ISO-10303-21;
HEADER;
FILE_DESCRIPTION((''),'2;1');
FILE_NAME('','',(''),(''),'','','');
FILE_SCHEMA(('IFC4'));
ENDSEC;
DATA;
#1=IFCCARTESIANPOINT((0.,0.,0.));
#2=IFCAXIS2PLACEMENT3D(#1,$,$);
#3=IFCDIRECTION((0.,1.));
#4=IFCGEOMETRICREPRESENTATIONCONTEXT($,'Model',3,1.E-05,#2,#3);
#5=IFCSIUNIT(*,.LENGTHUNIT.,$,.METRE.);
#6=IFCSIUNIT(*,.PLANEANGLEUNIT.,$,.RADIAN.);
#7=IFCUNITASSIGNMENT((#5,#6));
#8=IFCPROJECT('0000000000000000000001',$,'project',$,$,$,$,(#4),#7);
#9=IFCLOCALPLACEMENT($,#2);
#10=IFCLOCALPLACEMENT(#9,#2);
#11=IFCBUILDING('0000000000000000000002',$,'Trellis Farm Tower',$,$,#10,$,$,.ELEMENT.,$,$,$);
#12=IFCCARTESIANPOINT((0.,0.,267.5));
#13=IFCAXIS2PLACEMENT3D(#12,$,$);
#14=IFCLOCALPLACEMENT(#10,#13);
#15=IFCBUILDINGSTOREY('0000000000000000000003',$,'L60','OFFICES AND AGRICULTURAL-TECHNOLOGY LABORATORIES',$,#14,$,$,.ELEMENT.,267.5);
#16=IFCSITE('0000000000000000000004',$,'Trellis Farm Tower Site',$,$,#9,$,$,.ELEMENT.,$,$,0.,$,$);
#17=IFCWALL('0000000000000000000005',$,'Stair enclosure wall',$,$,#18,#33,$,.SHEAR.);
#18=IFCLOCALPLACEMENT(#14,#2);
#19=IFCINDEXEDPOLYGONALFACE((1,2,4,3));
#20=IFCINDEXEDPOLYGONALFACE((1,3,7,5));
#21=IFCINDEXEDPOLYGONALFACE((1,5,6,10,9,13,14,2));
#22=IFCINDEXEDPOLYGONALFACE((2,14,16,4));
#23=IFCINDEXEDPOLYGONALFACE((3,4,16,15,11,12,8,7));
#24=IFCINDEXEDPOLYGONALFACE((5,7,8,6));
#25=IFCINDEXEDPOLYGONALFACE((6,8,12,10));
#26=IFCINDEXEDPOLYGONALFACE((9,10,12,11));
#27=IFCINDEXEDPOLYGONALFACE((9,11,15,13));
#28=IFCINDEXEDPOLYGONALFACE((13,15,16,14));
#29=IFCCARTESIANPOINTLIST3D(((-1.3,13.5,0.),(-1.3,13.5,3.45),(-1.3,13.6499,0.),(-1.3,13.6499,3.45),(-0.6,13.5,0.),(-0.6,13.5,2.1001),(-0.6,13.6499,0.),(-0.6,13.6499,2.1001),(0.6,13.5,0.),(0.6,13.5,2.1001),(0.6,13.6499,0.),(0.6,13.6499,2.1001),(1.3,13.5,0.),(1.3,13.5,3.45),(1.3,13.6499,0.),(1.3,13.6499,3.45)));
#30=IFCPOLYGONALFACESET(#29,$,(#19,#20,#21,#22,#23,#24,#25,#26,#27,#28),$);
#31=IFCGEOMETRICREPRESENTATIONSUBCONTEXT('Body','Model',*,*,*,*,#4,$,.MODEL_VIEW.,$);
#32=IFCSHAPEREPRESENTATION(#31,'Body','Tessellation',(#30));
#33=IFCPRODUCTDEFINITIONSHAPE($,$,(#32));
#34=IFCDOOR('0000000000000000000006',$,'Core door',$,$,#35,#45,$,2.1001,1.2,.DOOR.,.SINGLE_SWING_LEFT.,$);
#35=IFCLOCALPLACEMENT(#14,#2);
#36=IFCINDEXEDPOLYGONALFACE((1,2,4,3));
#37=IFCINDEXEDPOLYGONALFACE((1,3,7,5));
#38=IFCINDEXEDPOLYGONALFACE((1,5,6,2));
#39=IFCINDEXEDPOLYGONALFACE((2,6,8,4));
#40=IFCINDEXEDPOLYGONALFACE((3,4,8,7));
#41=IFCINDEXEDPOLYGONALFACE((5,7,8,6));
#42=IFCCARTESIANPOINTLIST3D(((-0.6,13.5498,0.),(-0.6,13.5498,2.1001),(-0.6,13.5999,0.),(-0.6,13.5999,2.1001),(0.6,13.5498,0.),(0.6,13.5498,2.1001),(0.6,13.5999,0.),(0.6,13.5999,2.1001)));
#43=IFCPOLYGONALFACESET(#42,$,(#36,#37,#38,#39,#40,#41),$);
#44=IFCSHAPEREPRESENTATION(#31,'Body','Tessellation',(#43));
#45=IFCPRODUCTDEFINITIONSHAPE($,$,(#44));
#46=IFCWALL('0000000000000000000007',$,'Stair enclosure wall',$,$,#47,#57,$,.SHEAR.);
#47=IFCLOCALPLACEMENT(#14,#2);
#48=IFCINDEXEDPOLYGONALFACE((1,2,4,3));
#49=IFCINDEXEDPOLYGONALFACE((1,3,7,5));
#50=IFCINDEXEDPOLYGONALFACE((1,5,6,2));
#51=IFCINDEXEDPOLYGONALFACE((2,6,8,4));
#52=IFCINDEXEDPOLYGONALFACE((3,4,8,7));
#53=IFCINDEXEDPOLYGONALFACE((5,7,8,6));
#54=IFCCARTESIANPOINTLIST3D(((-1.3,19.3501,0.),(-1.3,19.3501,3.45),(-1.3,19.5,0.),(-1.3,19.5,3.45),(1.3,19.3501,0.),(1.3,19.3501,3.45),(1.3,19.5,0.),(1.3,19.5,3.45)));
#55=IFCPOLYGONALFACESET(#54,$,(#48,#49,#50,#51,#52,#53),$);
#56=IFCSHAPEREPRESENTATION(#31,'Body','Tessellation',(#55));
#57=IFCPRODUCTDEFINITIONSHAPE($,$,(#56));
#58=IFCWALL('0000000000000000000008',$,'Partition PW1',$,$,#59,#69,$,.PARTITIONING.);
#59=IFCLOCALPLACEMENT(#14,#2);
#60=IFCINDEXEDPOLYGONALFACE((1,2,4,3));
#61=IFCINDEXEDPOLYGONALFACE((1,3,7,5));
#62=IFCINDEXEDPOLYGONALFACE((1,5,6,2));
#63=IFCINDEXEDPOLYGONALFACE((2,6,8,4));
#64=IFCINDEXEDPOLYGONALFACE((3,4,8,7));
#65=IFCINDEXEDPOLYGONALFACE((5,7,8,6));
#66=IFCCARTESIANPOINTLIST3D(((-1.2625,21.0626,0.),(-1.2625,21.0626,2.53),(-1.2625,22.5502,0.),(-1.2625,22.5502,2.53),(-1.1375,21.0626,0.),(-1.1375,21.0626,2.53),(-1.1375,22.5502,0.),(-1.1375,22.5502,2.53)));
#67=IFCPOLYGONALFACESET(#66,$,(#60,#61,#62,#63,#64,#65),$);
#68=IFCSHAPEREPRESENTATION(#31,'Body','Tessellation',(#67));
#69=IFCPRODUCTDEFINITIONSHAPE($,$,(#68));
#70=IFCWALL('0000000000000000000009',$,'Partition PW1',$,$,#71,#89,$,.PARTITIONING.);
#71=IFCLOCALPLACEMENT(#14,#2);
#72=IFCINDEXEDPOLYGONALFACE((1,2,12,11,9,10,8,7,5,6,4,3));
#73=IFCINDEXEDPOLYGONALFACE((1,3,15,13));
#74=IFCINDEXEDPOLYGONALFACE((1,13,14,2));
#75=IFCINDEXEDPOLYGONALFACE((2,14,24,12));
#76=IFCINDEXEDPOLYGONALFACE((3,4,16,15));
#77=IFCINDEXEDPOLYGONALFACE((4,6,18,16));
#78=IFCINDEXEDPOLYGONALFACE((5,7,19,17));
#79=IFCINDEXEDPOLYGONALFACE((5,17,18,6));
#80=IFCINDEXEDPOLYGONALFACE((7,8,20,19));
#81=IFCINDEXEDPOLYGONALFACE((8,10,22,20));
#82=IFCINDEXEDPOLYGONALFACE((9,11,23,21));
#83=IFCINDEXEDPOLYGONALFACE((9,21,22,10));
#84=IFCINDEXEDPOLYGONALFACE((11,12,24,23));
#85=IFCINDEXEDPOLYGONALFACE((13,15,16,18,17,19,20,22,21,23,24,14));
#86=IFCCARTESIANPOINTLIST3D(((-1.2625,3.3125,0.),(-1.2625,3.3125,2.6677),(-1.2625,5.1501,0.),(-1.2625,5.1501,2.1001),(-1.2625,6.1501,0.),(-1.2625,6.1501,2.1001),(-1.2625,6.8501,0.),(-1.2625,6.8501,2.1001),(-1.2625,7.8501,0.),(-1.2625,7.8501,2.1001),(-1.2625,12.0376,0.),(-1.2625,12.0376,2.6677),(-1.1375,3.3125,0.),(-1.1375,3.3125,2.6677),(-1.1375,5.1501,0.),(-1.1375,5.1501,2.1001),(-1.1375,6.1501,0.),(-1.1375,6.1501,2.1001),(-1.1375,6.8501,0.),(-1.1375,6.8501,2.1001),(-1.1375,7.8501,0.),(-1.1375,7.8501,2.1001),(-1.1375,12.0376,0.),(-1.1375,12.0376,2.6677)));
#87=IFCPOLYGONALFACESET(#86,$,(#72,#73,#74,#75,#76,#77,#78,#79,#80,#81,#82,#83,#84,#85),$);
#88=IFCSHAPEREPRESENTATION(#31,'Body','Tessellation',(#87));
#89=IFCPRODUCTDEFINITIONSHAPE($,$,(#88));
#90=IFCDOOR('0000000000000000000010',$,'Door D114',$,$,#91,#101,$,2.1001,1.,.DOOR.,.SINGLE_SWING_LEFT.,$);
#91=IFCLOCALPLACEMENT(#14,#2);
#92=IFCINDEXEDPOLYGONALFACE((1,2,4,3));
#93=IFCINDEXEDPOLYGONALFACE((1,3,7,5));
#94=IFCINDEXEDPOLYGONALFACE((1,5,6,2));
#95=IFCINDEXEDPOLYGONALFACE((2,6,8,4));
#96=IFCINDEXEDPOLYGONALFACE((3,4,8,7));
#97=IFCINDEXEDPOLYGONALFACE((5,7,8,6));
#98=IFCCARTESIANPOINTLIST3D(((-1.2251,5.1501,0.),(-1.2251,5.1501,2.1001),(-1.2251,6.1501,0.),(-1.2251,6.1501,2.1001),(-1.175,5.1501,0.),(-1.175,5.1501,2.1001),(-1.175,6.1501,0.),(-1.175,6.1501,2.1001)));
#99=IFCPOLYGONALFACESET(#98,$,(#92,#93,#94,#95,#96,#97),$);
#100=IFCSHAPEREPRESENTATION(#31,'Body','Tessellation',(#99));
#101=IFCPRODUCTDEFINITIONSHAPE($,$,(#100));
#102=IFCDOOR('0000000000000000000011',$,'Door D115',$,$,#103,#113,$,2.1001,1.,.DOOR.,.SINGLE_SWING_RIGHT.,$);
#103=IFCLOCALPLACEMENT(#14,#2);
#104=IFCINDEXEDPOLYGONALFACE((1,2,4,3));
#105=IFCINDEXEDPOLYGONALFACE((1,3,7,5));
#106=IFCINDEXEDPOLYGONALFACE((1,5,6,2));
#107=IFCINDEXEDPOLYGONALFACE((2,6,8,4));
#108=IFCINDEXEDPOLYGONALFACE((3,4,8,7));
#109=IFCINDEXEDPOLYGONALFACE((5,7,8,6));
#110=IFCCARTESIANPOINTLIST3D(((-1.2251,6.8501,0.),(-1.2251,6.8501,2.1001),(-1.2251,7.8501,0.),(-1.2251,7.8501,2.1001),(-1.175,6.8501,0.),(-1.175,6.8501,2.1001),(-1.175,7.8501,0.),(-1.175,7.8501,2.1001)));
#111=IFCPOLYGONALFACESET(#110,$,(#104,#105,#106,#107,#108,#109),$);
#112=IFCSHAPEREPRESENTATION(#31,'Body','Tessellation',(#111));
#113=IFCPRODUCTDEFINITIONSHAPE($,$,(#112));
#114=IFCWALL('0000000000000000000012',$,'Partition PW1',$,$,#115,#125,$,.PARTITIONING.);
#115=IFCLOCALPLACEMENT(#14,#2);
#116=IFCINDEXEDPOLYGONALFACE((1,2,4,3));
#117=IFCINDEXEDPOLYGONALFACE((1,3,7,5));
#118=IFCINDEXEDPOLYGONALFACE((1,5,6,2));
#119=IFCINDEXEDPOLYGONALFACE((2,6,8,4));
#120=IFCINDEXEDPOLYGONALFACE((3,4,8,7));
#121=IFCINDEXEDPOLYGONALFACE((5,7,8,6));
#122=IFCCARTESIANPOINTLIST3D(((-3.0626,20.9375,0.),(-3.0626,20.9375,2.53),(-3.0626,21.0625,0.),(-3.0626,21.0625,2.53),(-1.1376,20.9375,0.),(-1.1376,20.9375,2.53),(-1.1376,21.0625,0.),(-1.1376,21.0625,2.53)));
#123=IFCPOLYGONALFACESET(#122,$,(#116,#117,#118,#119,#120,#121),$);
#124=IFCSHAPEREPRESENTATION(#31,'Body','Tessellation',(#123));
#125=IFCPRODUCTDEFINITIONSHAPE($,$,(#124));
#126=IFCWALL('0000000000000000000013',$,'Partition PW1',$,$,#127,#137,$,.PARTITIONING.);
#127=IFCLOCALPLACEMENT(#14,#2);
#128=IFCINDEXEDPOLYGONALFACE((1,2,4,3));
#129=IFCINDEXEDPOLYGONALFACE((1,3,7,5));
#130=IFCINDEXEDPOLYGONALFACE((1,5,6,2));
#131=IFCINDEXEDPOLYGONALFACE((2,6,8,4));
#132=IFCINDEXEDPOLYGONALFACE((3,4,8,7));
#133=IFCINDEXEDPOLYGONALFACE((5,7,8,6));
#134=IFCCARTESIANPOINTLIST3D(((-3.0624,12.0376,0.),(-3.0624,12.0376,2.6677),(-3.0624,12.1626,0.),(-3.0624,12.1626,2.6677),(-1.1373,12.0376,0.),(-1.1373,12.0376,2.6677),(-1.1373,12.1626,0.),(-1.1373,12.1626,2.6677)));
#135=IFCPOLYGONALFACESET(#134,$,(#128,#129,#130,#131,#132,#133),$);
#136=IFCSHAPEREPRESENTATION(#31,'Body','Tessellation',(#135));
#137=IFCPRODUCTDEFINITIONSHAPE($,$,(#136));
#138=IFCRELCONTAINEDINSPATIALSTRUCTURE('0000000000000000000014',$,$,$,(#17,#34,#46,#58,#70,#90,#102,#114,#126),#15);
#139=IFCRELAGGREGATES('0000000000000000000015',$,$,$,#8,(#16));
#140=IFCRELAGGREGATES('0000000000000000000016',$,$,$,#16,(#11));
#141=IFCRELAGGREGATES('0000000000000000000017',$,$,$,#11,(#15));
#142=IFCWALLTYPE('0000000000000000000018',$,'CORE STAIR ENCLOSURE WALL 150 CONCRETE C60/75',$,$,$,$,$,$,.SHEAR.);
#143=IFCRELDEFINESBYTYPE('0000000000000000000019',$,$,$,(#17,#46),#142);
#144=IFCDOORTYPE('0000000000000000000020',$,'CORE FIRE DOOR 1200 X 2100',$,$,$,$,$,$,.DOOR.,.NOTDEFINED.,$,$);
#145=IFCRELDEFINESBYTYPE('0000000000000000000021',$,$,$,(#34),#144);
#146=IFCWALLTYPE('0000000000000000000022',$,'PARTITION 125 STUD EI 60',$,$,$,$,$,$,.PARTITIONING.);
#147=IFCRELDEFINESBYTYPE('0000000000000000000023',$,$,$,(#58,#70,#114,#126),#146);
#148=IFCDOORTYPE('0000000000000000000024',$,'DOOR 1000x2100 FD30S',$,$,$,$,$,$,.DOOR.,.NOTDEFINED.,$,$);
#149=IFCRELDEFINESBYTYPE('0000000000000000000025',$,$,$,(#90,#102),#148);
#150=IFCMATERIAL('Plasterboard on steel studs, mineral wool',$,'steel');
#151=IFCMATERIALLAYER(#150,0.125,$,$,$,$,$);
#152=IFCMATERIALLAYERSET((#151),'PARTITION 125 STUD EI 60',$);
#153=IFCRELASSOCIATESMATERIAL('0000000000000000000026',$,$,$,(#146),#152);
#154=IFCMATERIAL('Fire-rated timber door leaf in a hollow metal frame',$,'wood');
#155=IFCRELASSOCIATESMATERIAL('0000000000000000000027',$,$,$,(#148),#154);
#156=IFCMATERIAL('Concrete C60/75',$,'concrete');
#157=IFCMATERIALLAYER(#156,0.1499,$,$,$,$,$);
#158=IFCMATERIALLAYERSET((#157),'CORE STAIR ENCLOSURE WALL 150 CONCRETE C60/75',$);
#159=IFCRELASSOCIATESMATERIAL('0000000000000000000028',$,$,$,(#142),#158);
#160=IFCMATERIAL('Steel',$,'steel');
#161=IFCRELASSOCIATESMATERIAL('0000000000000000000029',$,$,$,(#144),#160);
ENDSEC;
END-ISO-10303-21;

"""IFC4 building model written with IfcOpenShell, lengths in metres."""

from ifc_helpers import new_model, si_unit, direction, frame, frame_2d, origin, place, context, subcontext, project, spatial, rectangle, extrude, source, transform, mapped, material, layer, layer_set, type_object, element, fill, save


model = new_model("IFC4")

# Units and contexts
model_context = context("Model", 3, precision=1e-05, world=origin(), true_north=direction((0.0, 1.0)))
body_context = subcontext(model_context, "Body", "Model", "MODEL_VIEW")
ifc_project = project(units=[si_unit("LENGTHUNIT", "METRE"), si_unit("PLANEANGLEUNIT", "RADIAN")], contexts=[model_context])

# Site, building, storey
site_placement = place(None, origin())
site = spatial("IfcSite", under=ifc_project, at=site_placement, Name="Trellis Farm Tower Site", CompositionType="ELEMENT", RefElevation=0.0)
building_placement = place(site_placement, origin())
building = spatial("IfcBuilding", under=site, at=building_placement, Name="Trellis Farm Tower", CompositionType="ELEMENT")
storey_placement = place(building_placement, frame((0.0, 0.0, 267.5)))
storey = spatial("IfcBuildingStorey", under=building, at=storey_placement, Name="L60", Description="OFFICES AND AGRICULTURAL-TECHNOLOGY LABORATORIES", CompositionType="ELEMENT", Elevation=267.5)

# Shared definitions
ifc_material_1 = material(Name="Concrete C60/75", Category="concrete")

# Shared definitions
ifc_material_2 = material(Name="Plasterboard on steel studs, mineral wool", Category="steel")
ifc_layer_1 = layer(ifc_material_2, 0.125)
ifc_layer_set_1 = layer_set([ifc_layer_1], Name="PARTITION 125 STUD EI 60")
wall_type_1 = type_object("IfcWallType", Name="PARTITION 125 STUD EI 60", PredefinedType="PARTITIONING", material=ifc_layer_set_1)
shared_shape_1 = source(origin(), body_context, "Body", "SweptSolid", [
    extrude(rectangle(XDim=1.0, YDim=2.1001, at=frame_2d((0.5, 1.05))), frame((0.0, 0.0725, 0.0), z_axis=(0.0, -1.0, 0.0), x_axis=(1.0, 0.0, 0.0)), (0.0, 0.0, 1.0), 0.145),
])
ifc_material_3 = material(Name="Fire-rated timber door leaf in a hollow metal frame", Category="wood")
door_type_1 = type_object("IfcDoorType", Name="DOOR 1000x2100 FD30S", OperationType="NOTDEFINED", PredefinedType="DOOR", material=ifc_material_3)
shared_shape_2 = source(origin(), body_context, "Body", "SweptSolid", [
    extrude(rectangle(XDim=1.0, YDim=2.1001, at=frame_2d((0.5, 1.05))), frame((0.0, 0.0249, 0.0), z_axis=(0.0, -1.0, 0.0), x_axis=(1.0, 0.0, 0.0)), (0.0, 0.0, 1.0), 0.05),
])

# Wall, opening, door
ifc_layer_2 = layer(ifc_material_1, 0.1499)
ifc_layer_set_2 = layer_set([ifc_layer_2], Name="CORE STAIR ENCLOSURE WALL 150 CONCRETE C60/75")
wall_type_2 = type_object("IfcWallType", Name="CORE STAIR ENCLOSURE WALL 150 CONCRETE C60/75", PredefinedType="SHEAR", material=ifc_layer_set_2)
shared_shape_3 = source(origin(), body_context, "Body", "SweptSolid", [
    extrude(rectangle(XDim=2.6001, YDim=0.1499, at=frame_2d((1.3, 0.0))), origin(), (0.0, 0.0, 1.0), 3.45),
])
wall_1_placement = place(storey_placement, frame((-1.3, 13.575, 0.0), z_axis=(0.0, 0.0, 1.0), x_axis=(1.0, 0.0, 0.0)))
wall_1 = element("IfcWall", 1, at=wall_1_placement, inside=storey, type_object=wall_type_2, Name="Stair enclosure wall", PredefinedType="SHEAR", context=body_context, shape_type="MappedRepresentation", body=[
    mapped(shared_shape_3, transform((0.0, 0.0, 0.0))),
])
shared_shape_4 = source(origin(), body_context, "Body", "SweptSolid", [
    extrude(rectangle(XDim=1.2, YDim=2.1001, at=frame_2d((0.6001, 1.05))), frame((0.0, 0.085, 0.0), z_axis=(0.0, -1.0, 0.0), x_axis=(1.0, 0.0, 0.0)), (0.0, 0.0, 1.0), 0.1699),
])
opening_1_placement = place(wall_1_placement, frame((0.7, 0.0, 0.0)))
opening_1 = element("IfcOpeningElement", 2, at=opening_1_placement, cuts=wall_1, PredefinedType="OPENING", context=body_context, shape_type="MappedRepresentation", body=[
    mapped(shared_shape_4, transform((0.0, 0.0, 0.0))),
])
ifc_material_4 = material(Name="Steel", Category="steel")
door_type_2 = type_object("IfcDoorType", Name="CORE FIRE DOOR 1200 X 2100", OperationType="NOTDEFINED", PredefinedType="DOOR", material=ifc_material_4)
shared_shape_5 = source(origin(), body_context, "Body", "SweptSolid", [
    extrude(rectangle(XDim=1.2, YDim=2.1001, at=frame_2d((0.6001, 1.05))), frame((0.0, 0.0249, 0.0), z_axis=(0.0, -1.0, 0.0), x_axis=(1.0, 0.0, 0.0)), (0.0, 0.0, 1.0), 0.05),
])
door_1_placement = place(opening_1_placement, origin())
door_1 = element("IfcDoor", 3, at=door_1_placement, inside=storey, type_object=door_type_2, Name="Core door", OperationType="SINGLE_SWING_LEFT", OverallHeight=2.1001, OverallWidth=1.2, PredefinedType="DOOR", context=body_context, shape_type="MappedRepresentation", body=[
    mapped(shared_shape_5, transform((0.0, 0.0, 0.0))),
])
fill(opening_1, door_1)

# Walls
wall_2_placement = place(storey_placement, frame((-1.3, 19.425, 0.0), z_axis=(0.0, 0.0, 1.0), x_axis=(1.0, 0.0, 0.0)))
element("IfcWall", 4, at=wall_2_placement, inside=storey, type_object=wall_type_2, Name="Stair enclosure wall", PredefinedType="SHEAR", context=body_context, shape_type="MappedRepresentation", body=[
    mapped(shared_shape_3, transform((0.0, 0.0, 0.0))),
])
shared_shape_6 = source(origin(), body_context, "Body", "SweptSolid", [
    extrude(rectangle(XDim=1.4875, YDim=0.125, at=frame_2d((0.7437, 0.0))), origin(), (0.0, 0.0, 1.0), 2.53),
])
wall_3_placement = place(storey_placement, frame((-1.2, 22.55, 0.0), z_axis=(0.0, 0.0, 1.0), x_axis=(0.0, -1.0, 0.0)))
element("IfcWall", 5, at=wall_3_placement, inside=storey, type_object=wall_type_1, Name="Partition PW1", PredefinedType="PARTITIONING", context=body_context, shape_type="MappedRepresentation", body=[
    mapped(shared_shape_6, transform((0.0, 0.0, 0.0))),
])

# Wall, openings, doors
shared_shape_7 = source(origin(), body_context, "Body", "SweptSolid", [
    extrude(rectangle(XDim=8.7251, YDim=0.125, at=frame_2d((4.3625, 0.0))), origin(), (0.0, 0.0, 1.0), 2.6677),
])
wall_4_placement = place(storey_placement, frame((-1.2, 12.0376, 0.0), z_axis=(0.0, 0.0, 1.0), x_axis=(0.0, -1.0, 0.0)))
wall_4 = element("IfcWall", 6, at=wall_4_placement, inside=storey, type_object=wall_type_1, Name="Partition PW1", PredefinedType="PARTITIONING", context=body_context, shape_type="MappedRepresentation", body=[
    mapped(shared_shape_7, transform((0.0, 0.0, 0.0))),
])
opening_2_placement = place(wall_4_placement, frame((5.8875, 0.0, 0.0)))
opening_2 = element("IfcOpeningElement", 7, at=opening_2_placement, cuts=wall_4, PredefinedType="OPENING", context=body_context, shape_type="MappedRepresentation", body=[
    mapped(shared_shape_1, transform((0.0, 0.0, 0.0))),
])
opening_3_placement = place(wall_4_placement, frame((4.1875, 0.0, 0.0)))
opening_3 = element("IfcOpeningElement", 8, at=opening_3_placement, cuts=wall_4, PredefinedType="OPENING", context=body_context, shape_type="MappedRepresentation", body=[
    mapped(shared_shape_1, transform((0.0, 0.0, 0.0))),
])
door_2_placement = place(opening_2_placement, origin())
door_2 = element("IfcDoor", 9, at=door_2_placement, inside=storey, type_object=door_type_1, Name="Door D114", OperationType="SINGLE_SWING_LEFT", OverallHeight=2.1001, OverallWidth=1.0, PredefinedType="DOOR", context=body_context, shape_type="MappedRepresentation", body=[
    mapped(shared_shape_2, transform((0.0, 0.0, 0.0))),
])
fill(opening_2, door_2)
door_3_placement = place(opening_3_placement, origin())
door_3 = element("IfcDoor", 10, at=door_3_placement, inside=storey, type_object=door_type_1, Name="Door D115", OperationType="SINGLE_SWING_RIGHT", OverallHeight=2.1001, OverallWidth=1.0, PredefinedType="DOOR", context=body_context, shape_type="MappedRepresentation", body=[
    mapped(shared_shape_2, transform((0.0, 0.0, 0.0))),
])
fill(opening_3, door_3)

# Walls
shared_shape_8 = source(origin(), body_context, "Body", "SweptSolid", [
    extrude(rectangle(XDim=1.925, YDim=0.125, at=frame_2d((0.9624, 0.0))), origin(), (0.0, 0.0, 1.0), 2.53),
])
wall_5_placement = place(storey_placement, frame((-3.0625, 21.0, 0.0), z_axis=(0.0, 0.0, 1.0), x_axis=(1.0, 0.0, 0.0)))
element("IfcWall", 11, at=wall_5_placement, inside=storey, type_object=wall_type_1, Name="Partition PW1", PredefinedType="PARTITIONING", context=body_context, shape_type="MappedRepresentation", body=[
    mapped(shared_shape_8, transform((0.0, 0.0, 0.0))),
])
shared_shape_9 = source(origin(), body_context, "Body", "SweptSolid", [
    extrude(rectangle(XDim=1.925, YDim=0.125, at=frame_2d((0.9624, 0.0))), origin(), (0.0, 0.0, 1.0), 2.6677),
])
wall_6_placement = place(storey_placement, frame((-1.1375, 12.1001, 0.0), z_axis=(0.0, 0.0, 1.0), x_axis=(-1.0, 0.0, 0.0)))
element("IfcWall", 12, at=wall_6_placement, inside=storey, type_object=wall_type_1, Name="Partition PW1", PredefinedType="PARTITIONING", context=body_context, shape_type="MappedRepresentation", body=[
    mapped(shared_shape_9, transform((0.0, 0.0, 0.0))),
])

save(model, "model.ifc")
